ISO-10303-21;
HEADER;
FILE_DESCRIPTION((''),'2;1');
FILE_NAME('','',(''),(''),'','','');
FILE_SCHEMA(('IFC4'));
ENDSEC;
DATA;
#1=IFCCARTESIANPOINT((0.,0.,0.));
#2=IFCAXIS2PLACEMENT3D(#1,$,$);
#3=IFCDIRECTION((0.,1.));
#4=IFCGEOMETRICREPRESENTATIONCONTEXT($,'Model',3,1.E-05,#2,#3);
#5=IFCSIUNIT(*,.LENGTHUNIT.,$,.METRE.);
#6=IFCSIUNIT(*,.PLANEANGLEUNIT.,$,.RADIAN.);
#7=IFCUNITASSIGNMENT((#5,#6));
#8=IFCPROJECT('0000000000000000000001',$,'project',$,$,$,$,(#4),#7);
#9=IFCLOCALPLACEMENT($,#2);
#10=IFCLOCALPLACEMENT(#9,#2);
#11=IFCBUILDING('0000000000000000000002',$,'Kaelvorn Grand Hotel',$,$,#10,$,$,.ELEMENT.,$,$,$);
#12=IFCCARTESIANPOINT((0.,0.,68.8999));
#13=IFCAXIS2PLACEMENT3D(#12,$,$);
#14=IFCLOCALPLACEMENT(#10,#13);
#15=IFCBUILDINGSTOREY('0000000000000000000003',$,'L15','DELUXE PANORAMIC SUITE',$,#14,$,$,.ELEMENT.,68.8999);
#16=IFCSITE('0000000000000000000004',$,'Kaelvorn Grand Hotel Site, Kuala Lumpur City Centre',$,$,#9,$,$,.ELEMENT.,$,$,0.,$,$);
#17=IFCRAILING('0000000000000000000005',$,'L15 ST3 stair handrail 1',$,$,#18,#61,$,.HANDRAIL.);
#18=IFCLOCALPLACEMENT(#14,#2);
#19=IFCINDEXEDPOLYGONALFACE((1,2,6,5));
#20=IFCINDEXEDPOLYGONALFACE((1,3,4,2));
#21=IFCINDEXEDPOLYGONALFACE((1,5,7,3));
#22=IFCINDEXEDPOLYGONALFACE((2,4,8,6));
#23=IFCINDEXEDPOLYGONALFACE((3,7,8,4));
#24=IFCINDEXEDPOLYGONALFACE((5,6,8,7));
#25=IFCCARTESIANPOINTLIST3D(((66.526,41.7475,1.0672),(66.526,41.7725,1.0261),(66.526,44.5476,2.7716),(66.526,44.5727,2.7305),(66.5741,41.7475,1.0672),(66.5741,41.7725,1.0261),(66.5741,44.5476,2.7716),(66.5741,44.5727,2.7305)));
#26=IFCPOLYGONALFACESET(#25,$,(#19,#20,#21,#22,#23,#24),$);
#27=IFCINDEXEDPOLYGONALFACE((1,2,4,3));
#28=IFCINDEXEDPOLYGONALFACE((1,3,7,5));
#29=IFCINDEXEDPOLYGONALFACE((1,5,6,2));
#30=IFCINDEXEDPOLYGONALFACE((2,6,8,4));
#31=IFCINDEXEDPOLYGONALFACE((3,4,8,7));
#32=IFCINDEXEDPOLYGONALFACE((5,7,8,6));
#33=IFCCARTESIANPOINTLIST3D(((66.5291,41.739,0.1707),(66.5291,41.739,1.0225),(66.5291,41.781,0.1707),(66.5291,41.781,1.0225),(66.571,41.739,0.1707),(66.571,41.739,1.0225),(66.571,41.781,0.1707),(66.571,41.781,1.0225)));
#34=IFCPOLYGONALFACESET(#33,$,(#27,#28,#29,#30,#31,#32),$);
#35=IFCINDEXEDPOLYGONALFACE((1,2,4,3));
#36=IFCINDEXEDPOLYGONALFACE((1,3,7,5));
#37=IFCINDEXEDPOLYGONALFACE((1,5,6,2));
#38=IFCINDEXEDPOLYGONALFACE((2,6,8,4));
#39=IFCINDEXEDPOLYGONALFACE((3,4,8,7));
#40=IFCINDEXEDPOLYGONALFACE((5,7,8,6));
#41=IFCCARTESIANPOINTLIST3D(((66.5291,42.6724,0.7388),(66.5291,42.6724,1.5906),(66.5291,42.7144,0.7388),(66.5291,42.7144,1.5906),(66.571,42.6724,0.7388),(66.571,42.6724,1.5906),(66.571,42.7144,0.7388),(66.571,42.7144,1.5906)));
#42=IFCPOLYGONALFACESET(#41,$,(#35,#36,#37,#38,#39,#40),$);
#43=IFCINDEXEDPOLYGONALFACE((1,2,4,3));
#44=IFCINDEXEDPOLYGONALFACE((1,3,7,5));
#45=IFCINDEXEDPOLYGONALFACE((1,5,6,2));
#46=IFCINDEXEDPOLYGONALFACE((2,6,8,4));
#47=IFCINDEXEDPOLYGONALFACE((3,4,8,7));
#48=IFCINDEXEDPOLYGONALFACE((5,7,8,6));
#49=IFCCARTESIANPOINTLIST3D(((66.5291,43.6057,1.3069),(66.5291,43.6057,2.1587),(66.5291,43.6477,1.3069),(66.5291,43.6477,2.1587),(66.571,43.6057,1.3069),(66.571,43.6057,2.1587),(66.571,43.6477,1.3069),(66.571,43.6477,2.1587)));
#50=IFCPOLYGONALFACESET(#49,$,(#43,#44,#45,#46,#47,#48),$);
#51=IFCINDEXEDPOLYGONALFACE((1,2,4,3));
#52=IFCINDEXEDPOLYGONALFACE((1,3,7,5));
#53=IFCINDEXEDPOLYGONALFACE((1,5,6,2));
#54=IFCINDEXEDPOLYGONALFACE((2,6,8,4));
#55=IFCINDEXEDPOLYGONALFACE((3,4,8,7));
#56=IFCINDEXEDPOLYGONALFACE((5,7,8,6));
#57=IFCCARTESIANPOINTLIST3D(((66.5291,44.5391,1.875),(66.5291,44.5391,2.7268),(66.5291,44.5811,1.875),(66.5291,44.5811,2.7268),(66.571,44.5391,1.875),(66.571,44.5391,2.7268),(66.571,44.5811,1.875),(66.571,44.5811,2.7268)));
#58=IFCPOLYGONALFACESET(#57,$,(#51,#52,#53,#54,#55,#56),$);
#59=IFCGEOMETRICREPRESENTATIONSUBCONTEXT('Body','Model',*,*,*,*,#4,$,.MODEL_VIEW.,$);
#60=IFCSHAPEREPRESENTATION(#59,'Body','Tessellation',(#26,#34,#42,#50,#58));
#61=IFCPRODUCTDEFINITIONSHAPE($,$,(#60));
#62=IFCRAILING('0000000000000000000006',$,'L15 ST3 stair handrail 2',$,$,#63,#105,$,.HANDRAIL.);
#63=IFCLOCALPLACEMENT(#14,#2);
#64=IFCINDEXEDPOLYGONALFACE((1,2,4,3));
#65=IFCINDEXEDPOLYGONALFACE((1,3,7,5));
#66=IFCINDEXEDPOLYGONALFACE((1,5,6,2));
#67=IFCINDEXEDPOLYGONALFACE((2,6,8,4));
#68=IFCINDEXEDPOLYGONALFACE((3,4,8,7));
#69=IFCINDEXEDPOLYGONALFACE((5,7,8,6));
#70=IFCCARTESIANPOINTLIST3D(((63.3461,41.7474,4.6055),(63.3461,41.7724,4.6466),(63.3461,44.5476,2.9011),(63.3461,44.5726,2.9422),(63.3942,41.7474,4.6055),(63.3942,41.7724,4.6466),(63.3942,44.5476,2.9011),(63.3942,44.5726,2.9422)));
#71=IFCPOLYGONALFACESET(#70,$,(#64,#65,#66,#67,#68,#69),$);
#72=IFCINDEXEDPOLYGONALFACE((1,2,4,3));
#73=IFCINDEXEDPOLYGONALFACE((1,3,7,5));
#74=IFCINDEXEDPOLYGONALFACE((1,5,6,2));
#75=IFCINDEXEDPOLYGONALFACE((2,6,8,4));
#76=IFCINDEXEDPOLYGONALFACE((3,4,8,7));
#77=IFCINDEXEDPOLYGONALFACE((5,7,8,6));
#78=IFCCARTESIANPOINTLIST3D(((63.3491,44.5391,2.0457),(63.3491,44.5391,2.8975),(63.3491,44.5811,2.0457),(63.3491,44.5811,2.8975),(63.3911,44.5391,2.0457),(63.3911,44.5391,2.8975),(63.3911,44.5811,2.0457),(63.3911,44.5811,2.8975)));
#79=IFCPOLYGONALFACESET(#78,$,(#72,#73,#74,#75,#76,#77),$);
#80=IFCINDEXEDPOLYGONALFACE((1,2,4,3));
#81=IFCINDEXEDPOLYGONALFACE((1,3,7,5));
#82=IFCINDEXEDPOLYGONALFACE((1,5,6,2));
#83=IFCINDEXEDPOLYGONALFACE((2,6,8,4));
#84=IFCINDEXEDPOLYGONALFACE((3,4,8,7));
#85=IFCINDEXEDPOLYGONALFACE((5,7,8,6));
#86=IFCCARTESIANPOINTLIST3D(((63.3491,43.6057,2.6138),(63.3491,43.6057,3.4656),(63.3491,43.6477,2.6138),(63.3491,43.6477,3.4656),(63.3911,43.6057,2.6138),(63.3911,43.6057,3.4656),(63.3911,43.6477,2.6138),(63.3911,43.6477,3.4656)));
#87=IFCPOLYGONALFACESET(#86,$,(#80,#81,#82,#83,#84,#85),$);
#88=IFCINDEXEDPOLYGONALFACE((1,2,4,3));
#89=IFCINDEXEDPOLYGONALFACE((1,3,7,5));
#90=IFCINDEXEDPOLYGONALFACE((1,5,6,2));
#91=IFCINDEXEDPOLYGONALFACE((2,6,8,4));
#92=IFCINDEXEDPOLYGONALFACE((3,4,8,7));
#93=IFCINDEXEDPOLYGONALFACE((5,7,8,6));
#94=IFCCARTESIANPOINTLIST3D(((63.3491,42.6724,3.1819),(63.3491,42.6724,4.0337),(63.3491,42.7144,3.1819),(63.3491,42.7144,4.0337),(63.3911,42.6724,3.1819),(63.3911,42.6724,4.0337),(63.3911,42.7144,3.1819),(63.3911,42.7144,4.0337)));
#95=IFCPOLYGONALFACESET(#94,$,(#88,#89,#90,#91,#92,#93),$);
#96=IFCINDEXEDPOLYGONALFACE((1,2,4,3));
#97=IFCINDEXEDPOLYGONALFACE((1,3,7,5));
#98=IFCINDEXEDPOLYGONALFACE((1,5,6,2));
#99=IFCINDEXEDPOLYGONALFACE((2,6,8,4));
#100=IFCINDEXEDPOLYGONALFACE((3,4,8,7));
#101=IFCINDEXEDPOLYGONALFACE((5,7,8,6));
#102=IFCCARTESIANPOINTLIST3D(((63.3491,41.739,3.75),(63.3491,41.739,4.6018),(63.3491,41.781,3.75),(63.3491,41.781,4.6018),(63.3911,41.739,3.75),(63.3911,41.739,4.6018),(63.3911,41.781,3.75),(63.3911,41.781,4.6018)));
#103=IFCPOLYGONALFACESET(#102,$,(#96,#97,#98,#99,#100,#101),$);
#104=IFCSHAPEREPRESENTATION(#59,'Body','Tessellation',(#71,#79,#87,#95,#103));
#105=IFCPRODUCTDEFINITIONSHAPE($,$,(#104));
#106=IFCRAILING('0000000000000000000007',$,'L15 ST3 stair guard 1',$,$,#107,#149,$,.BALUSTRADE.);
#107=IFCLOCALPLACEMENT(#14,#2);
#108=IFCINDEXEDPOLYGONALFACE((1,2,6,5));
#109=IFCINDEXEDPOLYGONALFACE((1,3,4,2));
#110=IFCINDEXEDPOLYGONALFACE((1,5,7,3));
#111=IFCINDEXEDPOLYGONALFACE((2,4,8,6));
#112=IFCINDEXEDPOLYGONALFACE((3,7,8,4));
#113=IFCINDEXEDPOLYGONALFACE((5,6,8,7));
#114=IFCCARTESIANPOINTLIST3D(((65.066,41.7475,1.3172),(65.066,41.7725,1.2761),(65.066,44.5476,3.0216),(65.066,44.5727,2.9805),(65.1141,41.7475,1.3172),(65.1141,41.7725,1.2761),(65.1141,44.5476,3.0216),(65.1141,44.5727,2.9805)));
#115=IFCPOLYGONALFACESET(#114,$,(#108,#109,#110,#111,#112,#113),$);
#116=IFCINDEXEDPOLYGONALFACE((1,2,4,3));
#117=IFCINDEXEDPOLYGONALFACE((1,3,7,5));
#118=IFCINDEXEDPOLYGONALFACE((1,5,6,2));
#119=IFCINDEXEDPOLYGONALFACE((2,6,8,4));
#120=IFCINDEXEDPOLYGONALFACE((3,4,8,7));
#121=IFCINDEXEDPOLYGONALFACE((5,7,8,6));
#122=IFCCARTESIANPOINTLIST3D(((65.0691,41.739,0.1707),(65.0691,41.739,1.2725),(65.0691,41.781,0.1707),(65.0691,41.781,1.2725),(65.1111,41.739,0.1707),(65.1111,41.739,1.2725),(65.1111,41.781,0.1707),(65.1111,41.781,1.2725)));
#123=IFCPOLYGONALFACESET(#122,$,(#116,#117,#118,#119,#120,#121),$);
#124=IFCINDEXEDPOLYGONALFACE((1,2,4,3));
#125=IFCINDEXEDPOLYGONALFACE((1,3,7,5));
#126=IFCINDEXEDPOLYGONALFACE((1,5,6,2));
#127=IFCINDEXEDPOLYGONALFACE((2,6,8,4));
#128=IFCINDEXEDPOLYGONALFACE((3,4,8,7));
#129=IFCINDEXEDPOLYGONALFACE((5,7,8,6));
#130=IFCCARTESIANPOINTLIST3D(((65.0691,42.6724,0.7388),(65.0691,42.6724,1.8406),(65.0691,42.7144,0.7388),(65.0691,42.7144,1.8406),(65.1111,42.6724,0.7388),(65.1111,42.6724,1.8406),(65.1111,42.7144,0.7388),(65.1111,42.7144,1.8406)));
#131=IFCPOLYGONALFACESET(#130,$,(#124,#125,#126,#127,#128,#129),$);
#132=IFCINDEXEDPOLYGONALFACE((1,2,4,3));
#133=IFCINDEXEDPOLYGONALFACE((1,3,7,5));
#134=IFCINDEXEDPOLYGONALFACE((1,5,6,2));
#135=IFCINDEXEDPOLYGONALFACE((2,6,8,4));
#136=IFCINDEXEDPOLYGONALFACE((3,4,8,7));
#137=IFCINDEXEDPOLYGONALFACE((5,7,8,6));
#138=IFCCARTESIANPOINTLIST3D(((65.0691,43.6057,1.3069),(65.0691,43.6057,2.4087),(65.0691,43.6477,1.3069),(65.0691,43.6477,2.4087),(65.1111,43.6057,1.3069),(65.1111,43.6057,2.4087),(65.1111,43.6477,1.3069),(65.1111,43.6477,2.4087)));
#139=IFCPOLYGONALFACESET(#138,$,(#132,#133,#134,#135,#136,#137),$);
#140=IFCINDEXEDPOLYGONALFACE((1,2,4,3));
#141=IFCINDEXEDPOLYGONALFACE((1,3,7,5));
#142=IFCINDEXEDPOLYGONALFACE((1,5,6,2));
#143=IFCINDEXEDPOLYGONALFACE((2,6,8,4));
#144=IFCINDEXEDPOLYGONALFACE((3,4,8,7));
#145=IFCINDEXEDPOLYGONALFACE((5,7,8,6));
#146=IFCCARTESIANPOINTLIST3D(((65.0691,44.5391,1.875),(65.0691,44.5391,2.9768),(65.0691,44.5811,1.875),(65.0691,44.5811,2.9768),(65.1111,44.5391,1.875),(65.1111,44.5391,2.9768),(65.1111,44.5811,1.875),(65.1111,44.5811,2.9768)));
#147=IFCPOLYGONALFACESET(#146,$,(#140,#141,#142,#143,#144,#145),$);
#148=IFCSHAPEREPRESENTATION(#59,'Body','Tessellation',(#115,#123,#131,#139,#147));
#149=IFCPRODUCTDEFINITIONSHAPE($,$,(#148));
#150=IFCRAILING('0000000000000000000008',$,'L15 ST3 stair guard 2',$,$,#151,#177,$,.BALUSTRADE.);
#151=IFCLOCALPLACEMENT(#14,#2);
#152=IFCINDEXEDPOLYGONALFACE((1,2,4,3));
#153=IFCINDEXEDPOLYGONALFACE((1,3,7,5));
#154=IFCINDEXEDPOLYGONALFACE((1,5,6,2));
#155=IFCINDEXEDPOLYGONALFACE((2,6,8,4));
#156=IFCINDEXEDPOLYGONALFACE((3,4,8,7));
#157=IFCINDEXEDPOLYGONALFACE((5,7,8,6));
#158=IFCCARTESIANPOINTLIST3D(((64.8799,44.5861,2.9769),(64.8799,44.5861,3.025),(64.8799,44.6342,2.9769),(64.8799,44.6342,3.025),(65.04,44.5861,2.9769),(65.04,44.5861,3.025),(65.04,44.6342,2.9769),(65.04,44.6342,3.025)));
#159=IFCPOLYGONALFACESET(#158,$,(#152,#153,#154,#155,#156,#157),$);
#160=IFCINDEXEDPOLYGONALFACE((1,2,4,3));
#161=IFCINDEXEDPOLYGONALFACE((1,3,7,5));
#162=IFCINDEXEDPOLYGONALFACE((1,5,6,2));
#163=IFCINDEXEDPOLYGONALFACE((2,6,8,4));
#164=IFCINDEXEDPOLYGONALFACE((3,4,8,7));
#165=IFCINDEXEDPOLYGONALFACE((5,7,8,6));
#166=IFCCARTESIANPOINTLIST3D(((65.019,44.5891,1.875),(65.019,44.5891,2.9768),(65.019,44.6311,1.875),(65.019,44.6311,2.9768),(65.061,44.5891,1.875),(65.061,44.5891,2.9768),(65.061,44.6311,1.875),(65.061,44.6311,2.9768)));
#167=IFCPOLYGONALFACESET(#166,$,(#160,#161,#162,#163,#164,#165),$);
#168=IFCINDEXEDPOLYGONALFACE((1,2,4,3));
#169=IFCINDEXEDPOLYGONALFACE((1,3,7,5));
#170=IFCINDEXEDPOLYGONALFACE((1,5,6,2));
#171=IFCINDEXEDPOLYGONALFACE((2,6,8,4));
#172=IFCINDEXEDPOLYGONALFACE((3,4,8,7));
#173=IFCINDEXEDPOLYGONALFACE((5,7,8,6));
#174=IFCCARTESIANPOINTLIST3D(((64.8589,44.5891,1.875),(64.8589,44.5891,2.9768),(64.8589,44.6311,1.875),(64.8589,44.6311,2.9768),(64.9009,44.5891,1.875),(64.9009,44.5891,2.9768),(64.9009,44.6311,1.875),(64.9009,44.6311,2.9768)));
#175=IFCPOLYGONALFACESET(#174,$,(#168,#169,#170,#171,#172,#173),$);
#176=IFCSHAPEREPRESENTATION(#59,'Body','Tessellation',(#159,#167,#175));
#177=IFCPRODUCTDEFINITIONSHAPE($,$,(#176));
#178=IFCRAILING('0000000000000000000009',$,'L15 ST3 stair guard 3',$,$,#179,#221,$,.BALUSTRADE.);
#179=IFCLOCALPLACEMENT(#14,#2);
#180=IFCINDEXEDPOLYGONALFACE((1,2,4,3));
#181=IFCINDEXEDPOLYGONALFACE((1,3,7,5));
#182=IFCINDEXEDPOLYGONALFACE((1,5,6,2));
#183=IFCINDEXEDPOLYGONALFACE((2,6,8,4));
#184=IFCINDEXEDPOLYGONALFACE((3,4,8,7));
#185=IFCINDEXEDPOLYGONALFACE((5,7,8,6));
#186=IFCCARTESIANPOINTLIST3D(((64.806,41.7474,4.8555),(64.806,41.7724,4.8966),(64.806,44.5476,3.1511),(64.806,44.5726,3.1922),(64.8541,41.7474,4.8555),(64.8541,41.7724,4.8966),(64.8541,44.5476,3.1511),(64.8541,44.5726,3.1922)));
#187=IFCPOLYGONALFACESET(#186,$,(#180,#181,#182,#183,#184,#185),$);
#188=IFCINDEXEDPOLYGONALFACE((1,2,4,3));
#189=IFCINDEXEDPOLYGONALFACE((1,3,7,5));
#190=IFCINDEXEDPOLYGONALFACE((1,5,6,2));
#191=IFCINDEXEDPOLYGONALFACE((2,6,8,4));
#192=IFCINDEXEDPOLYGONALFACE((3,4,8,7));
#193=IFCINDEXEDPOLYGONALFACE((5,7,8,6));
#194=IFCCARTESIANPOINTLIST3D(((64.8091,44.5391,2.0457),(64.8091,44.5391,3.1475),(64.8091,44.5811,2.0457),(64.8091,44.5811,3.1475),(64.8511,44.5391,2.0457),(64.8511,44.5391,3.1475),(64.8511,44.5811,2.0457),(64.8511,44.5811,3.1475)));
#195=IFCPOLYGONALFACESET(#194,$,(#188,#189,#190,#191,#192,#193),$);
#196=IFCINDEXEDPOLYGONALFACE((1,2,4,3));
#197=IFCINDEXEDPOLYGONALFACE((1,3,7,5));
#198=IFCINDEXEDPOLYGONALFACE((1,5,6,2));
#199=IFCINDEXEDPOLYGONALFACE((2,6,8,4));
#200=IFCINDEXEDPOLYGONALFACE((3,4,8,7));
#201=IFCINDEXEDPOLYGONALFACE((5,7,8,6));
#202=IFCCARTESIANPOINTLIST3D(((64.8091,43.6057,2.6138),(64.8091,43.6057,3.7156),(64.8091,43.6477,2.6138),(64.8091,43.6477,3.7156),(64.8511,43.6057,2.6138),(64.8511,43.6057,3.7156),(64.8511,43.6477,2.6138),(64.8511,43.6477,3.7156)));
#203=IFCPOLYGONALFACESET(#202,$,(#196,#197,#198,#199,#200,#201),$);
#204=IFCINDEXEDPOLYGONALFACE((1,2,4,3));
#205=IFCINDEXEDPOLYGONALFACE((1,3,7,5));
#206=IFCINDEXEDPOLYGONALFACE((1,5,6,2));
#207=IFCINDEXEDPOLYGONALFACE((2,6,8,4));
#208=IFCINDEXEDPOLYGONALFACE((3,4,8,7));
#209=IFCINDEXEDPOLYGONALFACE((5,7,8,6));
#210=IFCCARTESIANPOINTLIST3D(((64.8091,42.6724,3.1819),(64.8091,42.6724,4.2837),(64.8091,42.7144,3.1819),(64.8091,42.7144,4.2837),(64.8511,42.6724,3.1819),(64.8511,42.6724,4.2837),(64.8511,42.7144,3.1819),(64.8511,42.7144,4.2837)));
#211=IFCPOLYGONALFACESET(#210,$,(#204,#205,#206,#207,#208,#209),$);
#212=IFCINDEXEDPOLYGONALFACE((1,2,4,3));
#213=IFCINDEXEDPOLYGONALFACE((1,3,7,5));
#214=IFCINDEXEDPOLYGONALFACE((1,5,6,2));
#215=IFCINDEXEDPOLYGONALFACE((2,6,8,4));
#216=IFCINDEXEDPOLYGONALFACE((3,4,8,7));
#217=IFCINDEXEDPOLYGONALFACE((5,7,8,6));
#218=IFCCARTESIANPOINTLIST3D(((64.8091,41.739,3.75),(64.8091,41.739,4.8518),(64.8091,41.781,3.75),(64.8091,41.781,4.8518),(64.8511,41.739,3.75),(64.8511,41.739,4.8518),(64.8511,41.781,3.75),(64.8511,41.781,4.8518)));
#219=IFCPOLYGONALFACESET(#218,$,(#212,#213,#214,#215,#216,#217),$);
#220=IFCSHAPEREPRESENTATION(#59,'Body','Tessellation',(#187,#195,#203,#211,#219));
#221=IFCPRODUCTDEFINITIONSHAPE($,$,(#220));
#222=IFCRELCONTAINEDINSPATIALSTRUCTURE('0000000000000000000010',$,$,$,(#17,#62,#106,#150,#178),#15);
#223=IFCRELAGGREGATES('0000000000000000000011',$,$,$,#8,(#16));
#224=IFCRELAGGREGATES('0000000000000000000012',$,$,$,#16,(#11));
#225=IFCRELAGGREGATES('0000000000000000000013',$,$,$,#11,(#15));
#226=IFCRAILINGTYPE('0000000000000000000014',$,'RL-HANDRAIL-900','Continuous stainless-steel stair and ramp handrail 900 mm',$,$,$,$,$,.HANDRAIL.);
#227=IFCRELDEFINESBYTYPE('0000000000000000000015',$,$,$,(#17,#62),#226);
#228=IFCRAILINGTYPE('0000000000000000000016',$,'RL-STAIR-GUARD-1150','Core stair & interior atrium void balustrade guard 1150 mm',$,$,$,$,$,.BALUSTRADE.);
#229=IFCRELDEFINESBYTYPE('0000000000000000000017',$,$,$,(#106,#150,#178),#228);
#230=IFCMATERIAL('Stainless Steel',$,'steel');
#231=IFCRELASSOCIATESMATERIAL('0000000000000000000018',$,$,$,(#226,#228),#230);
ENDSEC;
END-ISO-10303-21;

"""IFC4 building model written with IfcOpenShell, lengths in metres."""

from ifc_helpers import new_model, si_unit, direction, frame, origin, origin_2d, place, context, subcontext, project, spatial, rectangle, extrude, material, type_object, element, save


model = new_model("IFC4")

# Units and contexts
model_context = context("Model", 3, precision=1e-05, world=origin(), true_north=direction((0.0, 1.0)))
body_context = subcontext(model_context, "Body", "Model", "MODEL_VIEW")
ifc_project = project(units=[si_unit("LENGTHUNIT", "METRE"), si_unit("PLANEANGLEUNIT", "RADIAN")], contexts=[model_context])

# Site, building, storey
site_placement = place(None, origin())
site = spatial("IfcSite", under=ifc_project, at=site_placement, Name="Kaelvorn Grand Hotel Site, Kuala Lumpur City Centre", CompositionType="ELEMENT", RefElevation=0.0)
building_placement = place(site_placement, origin())
building = spatial("IfcBuilding", under=site, at=building_placement, Name="Kaelvorn Grand Hotel", CompositionType="ELEMENT")
storey_placement = place(building_placement, frame((0.0, 0.0, 68.8999)))
storey = spatial("IfcBuildingStorey", under=building, at=storey_placement, Name="L15", Description="DELUXE PANORAMIC SUITE", CompositionType="ELEMENT", Elevation=68.8999)

# Shared definitions
ifc_material_1 = material(Name="Stainless Steel", Category="steel")

# Railings
railing_type_1 = type_object("IfcRailingType", Name="RL-HANDRAIL-900", Description="Continuous stainless-steel stair and ramp handrail 900 mm", PredefinedType="HANDRAIL", material=ifc_material_1)
railing_1_placement = place(storey_placement, frame((66.55, 41.76, 0.1707)))
element("IfcRailing", 1, at=railing_1_placement, inside=storey, type_object=railing_type_1, Name="L15 ST3 stair handrail 1", PredefinedType="HANDRAIL", context=body_context, shape_type="SweptSolid", body=[
    extrude(rectangle(XDim=0.0481, YDim=0.0481, at=origin_2d()), frame((0.0, 0.0, 0.876), z_axis=(0.0, 0.854203, 0.51994), x_axis=(-1.0, 0.0, 0.0)), (0.0, 0.0, 1.0), 3.2781),
    extrude(rectangle(XDim=0.042, YDim=0.042, at=origin_2d()), origin(), (0.0, 0.0, 1.0), 0.8518),
    extrude(rectangle(XDim=0.042, YDim=0.042, at=origin_2d()), frame((0.0, 0.9333, 0.5681)), (0.0, 0.0, 1.0), 0.8518),
    extrude(rectangle(XDim=0.042, YDim=0.042, at=origin_2d()), frame((0.0, 1.8667, 1.1362)), (0.0, 0.0, 1.0), 0.8518),
    extrude(rectangle(XDim=0.042, YDim=0.042, at=origin_2d()), frame((0.0, 2.8, 1.7043)), (0.0, 0.0, 1.0), 0.8518),
])
railing_2_placement = place(storey_placement, frame((63.3701, 44.5601, 2.0457)))
element("IfcRailing", 2, at=railing_2_placement, inside=storey, type_object=railing_type_1, Name="L15 ST3 stair handrail 2", PredefinedType="HANDRAIL", context=body_context, shape_type="SweptSolid", body=[
    extrude(rectangle(XDim=0.0481, YDim=0.0481, at=origin_2d()), frame((0.0, 0.0, 0.876), z_axis=(0.0, -0.854203, 0.51994), x_axis=(1.0, 0.0, 0.0)), (0.0, 0.0, 1.0), 3.2781),
    extrude(rectangle(XDim=0.042, YDim=0.042, at=origin_2d()), origin(), (0.0, 0.0, 1.0), 0.8518),
    extrude(rectangle(XDim=0.042, YDim=0.042, at=origin_2d()), frame((0.0, -0.9333, 0.5681)), (0.0, 0.0, 1.0), 0.8518),
    extrude(rectangle(XDim=0.042, YDim=0.042, at=origin_2d()), frame((0.0, -1.8667, 1.1362)), (0.0, 0.0, 1.0), 0.8518),
    extrude(rectangle(XDim=0.042, YDim=0.042, at=origin_2d()), frame((0.0, -2.8, 1.7043)), (0.0, 0.0, 1.0), 0.8518),
])
railing_type_2 = type_object("IfcRailingType", Name="RL-STAIR-GUARD-1150", Description="Core stair & interior atrium void balustrade guard 1150 mm", PredefinedType="BALUSTRADE", material=ifc_material_1)
railing_3_placement = place(storey_placement, frame((65.0901, 41.76, 0.1707)))
element("IfcRailing", 3, at=railing_3_placement, inside=storey, type_object=railing_type_2, Name="L15 ST3 stair guard 1", PredefinedType="BALUSTRADE", context=body_context, shape_type="SweptSolid", body=[
    extrude(rectangle(XDim=0.0481, YDim=0.0481, at=origin_2d()), frame((0.0, 0.0, 1.126), z_axis=(0.0, 0.854203, 0.51994), x_axis=(-1.0, 0.0, 0.0)), (0.0, 0.0, 1.0), 3.2781),
    extrude(rectangle(XDim=0.042, YDim=0.042, at=origin_2d()), origin(), (0.0, 0.0, 1.0), 1.1018),
    extrude(rectangle(XDim=0.042, YDim=0.042, at=origin_2d()), frame((0.0, 0.9333, 0.5681)), (0.0, 0.0, 1.0), 1.1018),
    extrude(rectangle(XDim=0.042, YDim=0.042, at=origin_2d()), frame((0.0, 1.8667, 1.1362)), (0.0, 0.0, 1.0), 1.1018),
    extrude(rectangle(XDim=0.042, YDim=0.042, at=origin_2d()), frame((0.0, 2.8, 1.7043)), (0.0, 0.0, 1.0), 1.1018),
])
railing_4_placement = place(storey_placement, frame((65.04, 44.6101, 1.875)))
element("IfcRailing", 4, at=railing_4_placement, inside=storey, type_object=railing_type_2, Name="L15 ST3 stair guard 2", PredefinedType="BALUSTRADE", context=body_context, shape_type="SweptSolid", body=[
    extrude(rectangle(XDim=0.0481, YDim=0.0481, at=origin_2d()), frame((0.0, 0.0, 1.126), z_axis=(-1.0, 0.0, 0.0), x_axis=(0.0, -1.0, 0.0)), (0.0, 0.0, 1.0), 0.1602),
    extrude(rectangle(XDim=0.042, YDim=0.042, at=origin_2d()), origin(), (0.0, 0.0, 1.0), 1.1018),
    extrude(rectangle(XDim=0.042, YDim=0.042, at=origin_2d()), frame((-0.1602, 0.0, 0.0)), (0.0, 0.0, 1.0), 1.1018),
])
railing_5_placement = place(storey_placement, frame((64.8301, 44.5601, 2.0457)))
element("IfcRailing", 5, at=railing_5_placement, inside=storey, type_object=railing_type_2, Name="L15 ST3 stair guard 3", PredefinedType="BALUSTRADE", context=body_context, shape_type="SweptSolid", body=[
    extrude(rectangle(XDim=0.0481, YDim=0.0481, at=origin_2d()), frame((0.0, 0.0, 1.126), z_axis=(0.0, -0.854203, 0.51994), x_axis=(1.0, 0.0, 0.0)), (0.0, 0.0, 1.0), 3.2781),
    extrude(rectangle(XDim=0.042, YDim=0.042, at=origin_2d()), origin(), (0.0, 0.0, 1.0), 1.1018),
    extrude(rectangle(XDim=0.042, YDim=0.042, at=origin_2d()), frame((0.0, -0.9333, 0.5681)), (0.0, 0.0, 1.0), 1.1018),
    extrude(rectangle(XDim=0.042, YDim=0.042, at=origin_2d()), frame((0.0, -1.8667, 1.1362)), (0.0, 0.0, 1.0), 1.1018),
    extrude(rectangle(XDim=0.042, YDim=0.042, at=origin_2d()), frame((0.0, -2.8, 1.7043)), (0.0, 0.0, 1.0), 1.1018),
])

save(model, "model.ifc")
